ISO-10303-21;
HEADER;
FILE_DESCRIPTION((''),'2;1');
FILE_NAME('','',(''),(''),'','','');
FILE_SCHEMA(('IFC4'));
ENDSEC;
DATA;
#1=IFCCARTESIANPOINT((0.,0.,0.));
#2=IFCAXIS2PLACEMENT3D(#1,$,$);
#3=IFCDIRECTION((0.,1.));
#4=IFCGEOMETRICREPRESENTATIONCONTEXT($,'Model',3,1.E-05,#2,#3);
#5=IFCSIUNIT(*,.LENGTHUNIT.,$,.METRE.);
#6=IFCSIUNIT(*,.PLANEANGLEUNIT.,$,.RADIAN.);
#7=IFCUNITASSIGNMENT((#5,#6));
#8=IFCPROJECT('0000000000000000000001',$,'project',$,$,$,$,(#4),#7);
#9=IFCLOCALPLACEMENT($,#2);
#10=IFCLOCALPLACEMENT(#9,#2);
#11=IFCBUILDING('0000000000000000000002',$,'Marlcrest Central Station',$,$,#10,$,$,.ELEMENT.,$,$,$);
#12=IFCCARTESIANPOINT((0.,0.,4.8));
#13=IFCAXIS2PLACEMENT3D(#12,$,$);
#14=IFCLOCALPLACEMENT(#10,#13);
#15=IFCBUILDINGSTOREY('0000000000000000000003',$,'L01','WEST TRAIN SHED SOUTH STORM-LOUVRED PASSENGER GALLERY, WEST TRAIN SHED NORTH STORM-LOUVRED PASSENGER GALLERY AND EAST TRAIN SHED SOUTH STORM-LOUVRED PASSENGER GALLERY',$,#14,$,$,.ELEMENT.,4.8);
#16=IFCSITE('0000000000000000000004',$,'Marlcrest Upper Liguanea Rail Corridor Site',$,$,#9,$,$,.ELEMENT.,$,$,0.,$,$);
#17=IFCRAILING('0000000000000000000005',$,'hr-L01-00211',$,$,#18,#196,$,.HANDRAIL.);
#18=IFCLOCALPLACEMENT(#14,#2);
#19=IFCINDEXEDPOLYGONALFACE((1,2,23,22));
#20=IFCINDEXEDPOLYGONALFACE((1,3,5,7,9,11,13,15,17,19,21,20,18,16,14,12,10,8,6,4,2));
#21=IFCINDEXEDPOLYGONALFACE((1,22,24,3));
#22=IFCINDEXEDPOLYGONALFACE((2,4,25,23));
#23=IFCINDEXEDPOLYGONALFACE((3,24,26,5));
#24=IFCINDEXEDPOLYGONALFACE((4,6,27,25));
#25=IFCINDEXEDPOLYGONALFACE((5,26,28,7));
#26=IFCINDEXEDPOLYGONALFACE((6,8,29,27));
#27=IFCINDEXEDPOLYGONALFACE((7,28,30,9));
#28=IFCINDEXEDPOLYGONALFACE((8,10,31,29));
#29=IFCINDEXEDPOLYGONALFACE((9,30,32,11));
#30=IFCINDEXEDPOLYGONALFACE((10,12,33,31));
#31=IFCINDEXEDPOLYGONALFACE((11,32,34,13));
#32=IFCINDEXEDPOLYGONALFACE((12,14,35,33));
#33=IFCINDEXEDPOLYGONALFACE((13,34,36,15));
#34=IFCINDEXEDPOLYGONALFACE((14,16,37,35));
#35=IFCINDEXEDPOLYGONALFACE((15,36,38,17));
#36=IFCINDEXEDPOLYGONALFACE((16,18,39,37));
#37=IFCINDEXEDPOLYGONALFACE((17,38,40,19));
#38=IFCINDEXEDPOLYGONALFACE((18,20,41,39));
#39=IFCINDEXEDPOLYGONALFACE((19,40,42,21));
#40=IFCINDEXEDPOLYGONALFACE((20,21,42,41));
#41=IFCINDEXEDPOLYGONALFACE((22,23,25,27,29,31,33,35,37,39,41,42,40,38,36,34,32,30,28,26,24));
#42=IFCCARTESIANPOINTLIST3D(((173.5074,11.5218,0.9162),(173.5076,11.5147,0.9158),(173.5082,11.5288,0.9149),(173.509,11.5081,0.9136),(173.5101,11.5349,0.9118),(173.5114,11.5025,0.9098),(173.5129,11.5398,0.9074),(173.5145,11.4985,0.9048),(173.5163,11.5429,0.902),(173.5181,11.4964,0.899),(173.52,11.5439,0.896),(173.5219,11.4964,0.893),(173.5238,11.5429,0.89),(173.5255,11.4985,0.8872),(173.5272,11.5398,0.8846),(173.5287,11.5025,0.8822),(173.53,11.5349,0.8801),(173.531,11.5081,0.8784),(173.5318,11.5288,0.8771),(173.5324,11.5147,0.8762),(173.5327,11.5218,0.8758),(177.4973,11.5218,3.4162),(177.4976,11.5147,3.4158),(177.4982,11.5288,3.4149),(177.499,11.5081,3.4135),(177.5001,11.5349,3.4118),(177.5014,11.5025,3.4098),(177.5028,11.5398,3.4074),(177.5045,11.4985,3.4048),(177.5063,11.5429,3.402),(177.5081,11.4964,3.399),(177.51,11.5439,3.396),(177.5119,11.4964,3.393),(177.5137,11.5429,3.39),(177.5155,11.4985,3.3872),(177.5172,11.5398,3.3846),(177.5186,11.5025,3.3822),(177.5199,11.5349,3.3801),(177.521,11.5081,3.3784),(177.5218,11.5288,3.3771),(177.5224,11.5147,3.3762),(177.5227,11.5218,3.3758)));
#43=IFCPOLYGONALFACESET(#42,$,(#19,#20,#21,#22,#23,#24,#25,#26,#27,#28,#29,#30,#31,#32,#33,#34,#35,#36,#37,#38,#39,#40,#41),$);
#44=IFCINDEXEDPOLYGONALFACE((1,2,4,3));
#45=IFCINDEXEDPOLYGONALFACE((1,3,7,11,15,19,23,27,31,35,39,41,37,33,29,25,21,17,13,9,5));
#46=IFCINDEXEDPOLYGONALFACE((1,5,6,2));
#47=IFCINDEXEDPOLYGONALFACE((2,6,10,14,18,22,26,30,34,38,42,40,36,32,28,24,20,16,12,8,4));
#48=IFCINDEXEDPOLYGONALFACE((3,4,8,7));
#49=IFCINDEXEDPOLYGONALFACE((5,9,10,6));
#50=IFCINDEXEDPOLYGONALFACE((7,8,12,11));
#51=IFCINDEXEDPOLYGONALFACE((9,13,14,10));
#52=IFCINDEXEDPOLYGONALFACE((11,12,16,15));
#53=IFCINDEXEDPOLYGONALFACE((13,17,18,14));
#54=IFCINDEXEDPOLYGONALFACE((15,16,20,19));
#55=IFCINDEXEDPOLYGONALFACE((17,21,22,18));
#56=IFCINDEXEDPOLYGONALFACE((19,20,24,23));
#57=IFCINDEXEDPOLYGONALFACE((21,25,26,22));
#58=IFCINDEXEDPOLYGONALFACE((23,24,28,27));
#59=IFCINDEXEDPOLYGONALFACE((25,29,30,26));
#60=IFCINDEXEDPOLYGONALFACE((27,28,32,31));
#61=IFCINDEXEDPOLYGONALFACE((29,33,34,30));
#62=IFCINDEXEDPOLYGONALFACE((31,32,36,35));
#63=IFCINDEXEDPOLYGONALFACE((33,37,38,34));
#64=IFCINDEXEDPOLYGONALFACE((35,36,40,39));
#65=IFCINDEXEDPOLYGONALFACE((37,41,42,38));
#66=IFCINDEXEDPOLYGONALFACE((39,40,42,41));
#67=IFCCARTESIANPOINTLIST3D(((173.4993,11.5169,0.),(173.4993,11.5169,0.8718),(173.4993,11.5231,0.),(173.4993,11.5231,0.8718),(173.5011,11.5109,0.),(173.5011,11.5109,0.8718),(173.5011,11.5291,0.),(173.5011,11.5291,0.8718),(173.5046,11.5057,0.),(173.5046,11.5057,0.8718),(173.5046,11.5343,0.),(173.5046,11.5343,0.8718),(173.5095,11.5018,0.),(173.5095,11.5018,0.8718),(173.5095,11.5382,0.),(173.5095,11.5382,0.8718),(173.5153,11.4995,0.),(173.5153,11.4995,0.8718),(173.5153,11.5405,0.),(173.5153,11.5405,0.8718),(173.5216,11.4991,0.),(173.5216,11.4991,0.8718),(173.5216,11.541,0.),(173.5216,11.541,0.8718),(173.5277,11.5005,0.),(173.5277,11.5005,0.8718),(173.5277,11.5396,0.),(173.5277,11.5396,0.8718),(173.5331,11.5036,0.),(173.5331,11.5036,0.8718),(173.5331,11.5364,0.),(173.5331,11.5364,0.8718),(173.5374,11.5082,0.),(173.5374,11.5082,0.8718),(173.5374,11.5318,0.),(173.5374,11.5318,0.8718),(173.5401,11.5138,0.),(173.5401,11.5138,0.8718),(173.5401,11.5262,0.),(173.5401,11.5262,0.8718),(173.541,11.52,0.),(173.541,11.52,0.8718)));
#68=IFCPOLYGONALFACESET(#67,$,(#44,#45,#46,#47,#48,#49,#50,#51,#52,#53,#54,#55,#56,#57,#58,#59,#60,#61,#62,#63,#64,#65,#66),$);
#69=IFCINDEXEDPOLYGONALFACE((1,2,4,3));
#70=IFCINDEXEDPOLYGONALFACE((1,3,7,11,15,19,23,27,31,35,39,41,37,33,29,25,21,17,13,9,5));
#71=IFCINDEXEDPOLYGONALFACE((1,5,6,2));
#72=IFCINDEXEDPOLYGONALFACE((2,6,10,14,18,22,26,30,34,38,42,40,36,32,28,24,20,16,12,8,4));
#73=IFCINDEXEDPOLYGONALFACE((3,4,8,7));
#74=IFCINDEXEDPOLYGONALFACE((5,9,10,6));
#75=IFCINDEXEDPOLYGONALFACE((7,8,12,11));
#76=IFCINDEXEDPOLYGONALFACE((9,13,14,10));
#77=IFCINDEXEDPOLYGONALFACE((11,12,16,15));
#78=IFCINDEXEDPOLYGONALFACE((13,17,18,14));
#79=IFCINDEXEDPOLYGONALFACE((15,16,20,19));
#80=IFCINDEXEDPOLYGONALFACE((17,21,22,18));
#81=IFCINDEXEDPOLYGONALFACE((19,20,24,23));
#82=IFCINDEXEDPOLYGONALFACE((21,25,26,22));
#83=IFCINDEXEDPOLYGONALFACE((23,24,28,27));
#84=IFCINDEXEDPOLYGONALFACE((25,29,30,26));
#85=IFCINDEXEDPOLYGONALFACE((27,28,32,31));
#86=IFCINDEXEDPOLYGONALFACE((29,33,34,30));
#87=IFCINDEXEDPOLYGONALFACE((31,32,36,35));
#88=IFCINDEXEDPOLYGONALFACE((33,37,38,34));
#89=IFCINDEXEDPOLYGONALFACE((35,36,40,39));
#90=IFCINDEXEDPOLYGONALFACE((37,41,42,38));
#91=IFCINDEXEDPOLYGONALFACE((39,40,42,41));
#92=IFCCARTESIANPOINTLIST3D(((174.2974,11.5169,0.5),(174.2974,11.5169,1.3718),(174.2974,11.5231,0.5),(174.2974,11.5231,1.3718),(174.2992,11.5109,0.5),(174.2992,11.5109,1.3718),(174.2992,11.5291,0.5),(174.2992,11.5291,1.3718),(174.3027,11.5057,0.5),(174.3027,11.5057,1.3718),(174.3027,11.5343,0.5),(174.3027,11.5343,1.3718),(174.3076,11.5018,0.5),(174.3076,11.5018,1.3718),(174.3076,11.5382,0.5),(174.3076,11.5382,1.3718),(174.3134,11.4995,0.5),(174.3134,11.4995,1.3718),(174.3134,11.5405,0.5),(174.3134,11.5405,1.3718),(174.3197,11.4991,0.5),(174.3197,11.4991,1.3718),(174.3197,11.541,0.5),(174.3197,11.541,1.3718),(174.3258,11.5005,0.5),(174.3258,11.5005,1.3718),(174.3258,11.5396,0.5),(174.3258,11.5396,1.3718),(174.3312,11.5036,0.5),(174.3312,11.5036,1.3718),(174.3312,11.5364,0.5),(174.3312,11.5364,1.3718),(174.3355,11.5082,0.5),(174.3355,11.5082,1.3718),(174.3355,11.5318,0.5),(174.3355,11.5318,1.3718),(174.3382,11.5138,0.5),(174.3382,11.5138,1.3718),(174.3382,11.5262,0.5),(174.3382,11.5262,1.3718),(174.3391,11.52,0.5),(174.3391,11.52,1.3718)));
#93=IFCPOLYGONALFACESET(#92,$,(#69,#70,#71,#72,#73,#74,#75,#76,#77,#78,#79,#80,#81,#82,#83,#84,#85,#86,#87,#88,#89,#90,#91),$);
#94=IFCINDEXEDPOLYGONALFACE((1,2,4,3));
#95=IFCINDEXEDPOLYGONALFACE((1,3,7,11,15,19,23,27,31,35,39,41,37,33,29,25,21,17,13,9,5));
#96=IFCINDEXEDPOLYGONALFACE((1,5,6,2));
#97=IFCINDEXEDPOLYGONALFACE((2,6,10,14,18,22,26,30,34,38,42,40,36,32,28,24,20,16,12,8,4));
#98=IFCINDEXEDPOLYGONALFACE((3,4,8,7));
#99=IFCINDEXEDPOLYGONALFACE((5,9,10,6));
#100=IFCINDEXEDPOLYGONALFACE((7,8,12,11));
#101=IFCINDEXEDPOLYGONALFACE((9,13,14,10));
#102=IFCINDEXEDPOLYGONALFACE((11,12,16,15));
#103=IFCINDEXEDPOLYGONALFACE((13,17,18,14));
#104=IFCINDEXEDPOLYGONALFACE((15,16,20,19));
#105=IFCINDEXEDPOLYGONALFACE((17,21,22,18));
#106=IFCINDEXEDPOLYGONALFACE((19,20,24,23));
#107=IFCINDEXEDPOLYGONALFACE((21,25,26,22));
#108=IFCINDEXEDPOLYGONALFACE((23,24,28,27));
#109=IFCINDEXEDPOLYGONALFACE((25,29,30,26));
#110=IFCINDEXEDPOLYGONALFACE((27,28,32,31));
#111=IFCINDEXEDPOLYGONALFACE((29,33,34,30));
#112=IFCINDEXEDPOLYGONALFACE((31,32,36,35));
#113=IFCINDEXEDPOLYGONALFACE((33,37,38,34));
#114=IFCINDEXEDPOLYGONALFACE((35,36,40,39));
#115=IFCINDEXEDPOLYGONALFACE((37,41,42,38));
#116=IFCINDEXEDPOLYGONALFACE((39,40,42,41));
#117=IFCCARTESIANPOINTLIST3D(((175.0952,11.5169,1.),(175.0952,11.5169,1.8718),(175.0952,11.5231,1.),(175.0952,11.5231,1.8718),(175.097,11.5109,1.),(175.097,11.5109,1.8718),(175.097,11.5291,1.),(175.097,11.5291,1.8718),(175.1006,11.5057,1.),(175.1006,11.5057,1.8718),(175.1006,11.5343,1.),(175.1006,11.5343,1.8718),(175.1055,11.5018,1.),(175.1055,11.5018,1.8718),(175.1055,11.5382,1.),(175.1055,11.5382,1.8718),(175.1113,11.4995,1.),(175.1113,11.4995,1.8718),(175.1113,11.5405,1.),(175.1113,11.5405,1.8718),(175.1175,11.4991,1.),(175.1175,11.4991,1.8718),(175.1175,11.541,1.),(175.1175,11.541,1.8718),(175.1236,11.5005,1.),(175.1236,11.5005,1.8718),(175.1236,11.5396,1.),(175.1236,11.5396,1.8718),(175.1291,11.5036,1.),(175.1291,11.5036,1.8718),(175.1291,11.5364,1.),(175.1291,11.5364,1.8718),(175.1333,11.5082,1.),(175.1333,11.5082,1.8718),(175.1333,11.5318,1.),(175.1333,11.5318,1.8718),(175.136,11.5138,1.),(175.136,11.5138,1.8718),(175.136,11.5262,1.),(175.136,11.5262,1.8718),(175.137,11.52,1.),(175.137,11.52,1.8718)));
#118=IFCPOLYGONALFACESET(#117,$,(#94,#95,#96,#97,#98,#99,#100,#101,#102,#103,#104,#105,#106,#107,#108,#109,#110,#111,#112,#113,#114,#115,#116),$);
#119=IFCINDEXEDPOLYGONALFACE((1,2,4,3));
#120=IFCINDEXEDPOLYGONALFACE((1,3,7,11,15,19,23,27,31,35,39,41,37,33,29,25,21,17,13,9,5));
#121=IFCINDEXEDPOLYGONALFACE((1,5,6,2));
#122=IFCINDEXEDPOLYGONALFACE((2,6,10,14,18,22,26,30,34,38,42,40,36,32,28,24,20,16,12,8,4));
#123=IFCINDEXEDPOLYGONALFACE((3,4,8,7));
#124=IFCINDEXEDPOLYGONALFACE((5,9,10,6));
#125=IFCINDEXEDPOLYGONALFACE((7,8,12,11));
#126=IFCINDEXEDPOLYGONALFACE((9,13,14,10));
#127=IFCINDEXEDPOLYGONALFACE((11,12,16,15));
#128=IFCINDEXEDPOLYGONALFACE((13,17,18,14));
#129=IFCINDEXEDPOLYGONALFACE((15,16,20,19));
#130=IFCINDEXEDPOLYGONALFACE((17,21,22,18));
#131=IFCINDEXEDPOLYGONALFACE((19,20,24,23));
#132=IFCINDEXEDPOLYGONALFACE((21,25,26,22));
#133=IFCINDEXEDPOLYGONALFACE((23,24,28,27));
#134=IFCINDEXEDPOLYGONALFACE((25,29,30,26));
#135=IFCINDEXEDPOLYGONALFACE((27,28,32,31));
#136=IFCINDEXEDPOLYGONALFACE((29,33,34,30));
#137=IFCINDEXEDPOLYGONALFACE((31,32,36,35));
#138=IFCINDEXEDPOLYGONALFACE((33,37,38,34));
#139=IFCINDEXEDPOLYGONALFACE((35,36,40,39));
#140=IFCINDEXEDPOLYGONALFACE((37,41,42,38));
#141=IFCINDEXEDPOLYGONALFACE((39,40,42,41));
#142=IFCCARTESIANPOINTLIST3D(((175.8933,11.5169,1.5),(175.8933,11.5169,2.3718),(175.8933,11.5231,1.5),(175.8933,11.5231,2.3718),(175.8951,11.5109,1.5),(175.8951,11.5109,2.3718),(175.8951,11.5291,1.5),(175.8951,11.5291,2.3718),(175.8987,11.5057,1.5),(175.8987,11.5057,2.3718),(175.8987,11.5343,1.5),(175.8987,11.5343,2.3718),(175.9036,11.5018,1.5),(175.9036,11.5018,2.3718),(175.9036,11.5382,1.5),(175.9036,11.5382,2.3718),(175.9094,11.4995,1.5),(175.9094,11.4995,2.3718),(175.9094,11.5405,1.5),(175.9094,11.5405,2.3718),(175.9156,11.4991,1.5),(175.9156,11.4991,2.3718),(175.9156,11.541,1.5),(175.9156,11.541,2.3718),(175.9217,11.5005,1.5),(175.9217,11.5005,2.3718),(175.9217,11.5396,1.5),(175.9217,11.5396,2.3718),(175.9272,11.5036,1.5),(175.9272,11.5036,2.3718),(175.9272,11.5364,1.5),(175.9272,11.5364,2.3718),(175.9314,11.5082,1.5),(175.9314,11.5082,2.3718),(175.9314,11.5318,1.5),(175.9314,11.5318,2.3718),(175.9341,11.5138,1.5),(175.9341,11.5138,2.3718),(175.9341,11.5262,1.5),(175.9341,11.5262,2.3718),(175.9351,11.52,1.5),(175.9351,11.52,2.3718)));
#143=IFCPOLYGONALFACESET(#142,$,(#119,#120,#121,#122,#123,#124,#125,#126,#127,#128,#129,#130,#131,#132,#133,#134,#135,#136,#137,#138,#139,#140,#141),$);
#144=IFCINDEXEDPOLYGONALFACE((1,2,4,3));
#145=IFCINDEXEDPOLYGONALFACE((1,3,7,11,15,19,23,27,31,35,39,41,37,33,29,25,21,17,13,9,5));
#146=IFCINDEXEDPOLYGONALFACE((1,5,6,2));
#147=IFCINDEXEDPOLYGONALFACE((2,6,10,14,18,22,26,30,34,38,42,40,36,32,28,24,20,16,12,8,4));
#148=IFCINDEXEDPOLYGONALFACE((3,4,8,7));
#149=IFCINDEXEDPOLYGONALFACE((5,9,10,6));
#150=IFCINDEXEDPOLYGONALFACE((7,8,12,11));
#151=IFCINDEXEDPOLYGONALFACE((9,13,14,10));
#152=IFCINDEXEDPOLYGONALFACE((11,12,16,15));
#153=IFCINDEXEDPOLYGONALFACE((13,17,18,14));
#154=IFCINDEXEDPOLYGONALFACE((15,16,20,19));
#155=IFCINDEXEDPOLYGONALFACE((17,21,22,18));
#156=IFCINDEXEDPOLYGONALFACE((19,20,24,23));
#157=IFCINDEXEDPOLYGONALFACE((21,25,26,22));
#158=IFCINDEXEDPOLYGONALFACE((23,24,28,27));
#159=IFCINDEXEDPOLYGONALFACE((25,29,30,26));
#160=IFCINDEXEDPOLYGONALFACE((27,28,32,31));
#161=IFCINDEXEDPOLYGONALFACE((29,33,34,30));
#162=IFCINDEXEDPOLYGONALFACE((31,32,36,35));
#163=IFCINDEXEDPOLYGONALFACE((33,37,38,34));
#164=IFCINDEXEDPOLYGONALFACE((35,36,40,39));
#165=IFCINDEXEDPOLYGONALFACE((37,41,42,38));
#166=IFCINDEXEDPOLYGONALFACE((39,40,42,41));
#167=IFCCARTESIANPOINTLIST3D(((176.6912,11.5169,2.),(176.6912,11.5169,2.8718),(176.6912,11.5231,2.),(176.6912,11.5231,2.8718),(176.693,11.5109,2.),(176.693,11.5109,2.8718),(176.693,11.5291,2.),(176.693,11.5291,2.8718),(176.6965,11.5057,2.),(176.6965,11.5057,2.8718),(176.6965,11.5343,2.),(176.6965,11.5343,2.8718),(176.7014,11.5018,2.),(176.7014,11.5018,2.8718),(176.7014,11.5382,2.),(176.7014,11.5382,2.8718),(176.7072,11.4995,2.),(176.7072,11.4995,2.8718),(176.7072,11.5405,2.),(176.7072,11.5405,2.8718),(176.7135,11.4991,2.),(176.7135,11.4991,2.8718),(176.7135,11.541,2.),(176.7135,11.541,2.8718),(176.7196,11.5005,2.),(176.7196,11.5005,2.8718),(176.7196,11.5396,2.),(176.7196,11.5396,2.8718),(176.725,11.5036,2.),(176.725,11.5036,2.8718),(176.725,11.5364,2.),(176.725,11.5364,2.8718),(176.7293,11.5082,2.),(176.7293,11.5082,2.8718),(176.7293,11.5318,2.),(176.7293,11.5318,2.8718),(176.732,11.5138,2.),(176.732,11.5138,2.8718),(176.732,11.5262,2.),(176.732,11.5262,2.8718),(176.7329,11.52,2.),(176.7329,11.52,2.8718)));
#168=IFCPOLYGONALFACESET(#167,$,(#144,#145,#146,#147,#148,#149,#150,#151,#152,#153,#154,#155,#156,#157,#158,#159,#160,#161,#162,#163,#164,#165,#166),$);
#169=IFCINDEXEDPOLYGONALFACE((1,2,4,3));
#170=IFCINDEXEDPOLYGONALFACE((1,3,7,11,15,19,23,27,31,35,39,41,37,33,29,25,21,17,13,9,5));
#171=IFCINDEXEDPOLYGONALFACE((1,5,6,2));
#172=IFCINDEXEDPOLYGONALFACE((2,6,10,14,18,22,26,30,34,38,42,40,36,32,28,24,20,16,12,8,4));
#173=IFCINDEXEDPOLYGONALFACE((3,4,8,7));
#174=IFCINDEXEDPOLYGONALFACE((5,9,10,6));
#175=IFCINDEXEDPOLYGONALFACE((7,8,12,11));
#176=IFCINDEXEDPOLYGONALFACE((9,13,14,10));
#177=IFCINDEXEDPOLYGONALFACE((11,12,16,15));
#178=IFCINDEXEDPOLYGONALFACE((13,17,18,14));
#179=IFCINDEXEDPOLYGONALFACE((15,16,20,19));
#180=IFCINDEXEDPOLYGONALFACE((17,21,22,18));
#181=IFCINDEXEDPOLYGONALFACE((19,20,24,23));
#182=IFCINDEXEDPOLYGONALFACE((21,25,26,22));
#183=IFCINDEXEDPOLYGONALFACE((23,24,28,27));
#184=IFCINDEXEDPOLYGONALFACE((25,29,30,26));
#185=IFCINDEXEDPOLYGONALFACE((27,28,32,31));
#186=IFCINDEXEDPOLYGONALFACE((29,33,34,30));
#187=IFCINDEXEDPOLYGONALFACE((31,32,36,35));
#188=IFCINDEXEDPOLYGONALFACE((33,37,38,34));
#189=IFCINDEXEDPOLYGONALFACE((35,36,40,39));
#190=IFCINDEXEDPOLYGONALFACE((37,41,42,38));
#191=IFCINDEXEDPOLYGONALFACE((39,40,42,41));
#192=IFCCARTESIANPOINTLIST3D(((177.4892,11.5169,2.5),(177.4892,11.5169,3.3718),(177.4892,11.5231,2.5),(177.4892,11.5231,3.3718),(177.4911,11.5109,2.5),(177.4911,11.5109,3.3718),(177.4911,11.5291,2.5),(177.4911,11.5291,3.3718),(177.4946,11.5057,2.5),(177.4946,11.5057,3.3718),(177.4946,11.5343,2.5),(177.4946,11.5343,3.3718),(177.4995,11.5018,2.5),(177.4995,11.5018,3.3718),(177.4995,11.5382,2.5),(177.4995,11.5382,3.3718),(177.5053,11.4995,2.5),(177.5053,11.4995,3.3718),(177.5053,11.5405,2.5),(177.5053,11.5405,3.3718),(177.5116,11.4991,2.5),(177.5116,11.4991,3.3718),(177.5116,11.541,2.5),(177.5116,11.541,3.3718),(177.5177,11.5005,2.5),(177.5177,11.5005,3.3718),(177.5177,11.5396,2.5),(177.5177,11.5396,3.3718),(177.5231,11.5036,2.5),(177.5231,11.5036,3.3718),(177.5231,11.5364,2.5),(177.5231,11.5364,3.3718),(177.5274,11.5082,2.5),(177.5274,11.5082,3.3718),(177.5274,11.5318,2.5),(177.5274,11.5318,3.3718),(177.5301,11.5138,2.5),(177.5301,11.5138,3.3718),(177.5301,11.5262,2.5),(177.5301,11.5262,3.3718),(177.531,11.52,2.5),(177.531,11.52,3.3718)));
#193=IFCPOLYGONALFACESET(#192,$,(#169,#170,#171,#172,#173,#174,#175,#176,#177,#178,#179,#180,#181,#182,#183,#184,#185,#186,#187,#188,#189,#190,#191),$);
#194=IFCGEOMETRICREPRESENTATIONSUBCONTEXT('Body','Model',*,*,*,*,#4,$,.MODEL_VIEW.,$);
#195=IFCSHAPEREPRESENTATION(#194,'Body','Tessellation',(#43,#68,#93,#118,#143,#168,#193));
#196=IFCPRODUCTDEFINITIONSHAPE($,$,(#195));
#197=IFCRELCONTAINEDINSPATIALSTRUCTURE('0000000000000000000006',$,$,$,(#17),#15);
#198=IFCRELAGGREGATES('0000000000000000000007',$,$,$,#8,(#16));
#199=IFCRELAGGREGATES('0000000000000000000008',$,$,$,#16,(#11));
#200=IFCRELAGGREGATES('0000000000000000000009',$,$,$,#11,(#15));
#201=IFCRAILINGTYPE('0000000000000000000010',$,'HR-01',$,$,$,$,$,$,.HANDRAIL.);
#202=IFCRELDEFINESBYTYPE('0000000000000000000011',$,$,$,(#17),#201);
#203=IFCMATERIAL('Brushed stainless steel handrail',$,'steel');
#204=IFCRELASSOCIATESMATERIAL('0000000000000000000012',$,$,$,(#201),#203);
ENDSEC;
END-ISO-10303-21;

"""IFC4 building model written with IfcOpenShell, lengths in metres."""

from ifc_helpers import new_model, si_unit, direction, frame, origin, origin_2d, place, context, subcontext, project, spatial, circle, extrude, material, type_object, element, save


model = new_model("IFC4")

# Units and contexts
model_context = context("Model", 3, precision=1e-05, world=origin(), true_north=direction((0.0, 1.0)))
body_context = subcontext(model_context, "Body", "Model", "MODEL_VIEW")
ifc_project = project(units=[si_unit("LENGTHUNIT", "METRE"), si_unit("PLANEANGLEUNIT", "RADIAN")], contexts=[model_context])

# Site, building, storey
site_placement = place(None, origin())
site = spatial("IfcSite", under=ifc_project, at=site_placement, Name="Marlcrest Upper Liguanea Rail Corridor Site", CompositionType="ELEMENT", RefElevation=0.0)
building_placement = place(site_placement, origin())
building = spatial("IfcBuilding", under=site, at=building_placement, Name="Marlcrest Central Station", CompositionType="ELEMENT")
storey_placement = place(building_placement, frame((0.0, 0.0, 4.8)))
storey = spatial("IfcBuildingStorey", under=building, at=storey_placement, Name="L01", Description="WEST TRAIN SHED SOUTH STORM-LOUVRED PASSENGER GALLERY, WEST TRAIN SHED NORTH STORM-LOUVRED PASSENGER GALLERY AND EAST TRAIN SHED SOUTH STORM-LOUVRED PASSENGER GALLERY", CompositionType="ELEMENT", Elevation=4.8)

# Railing
ifc_material_1 = material(Name="Brushed stainless steel handrail", Category="steel")
railing_type_1 = type_object("IfcRailingType", Name="HR-01", PredefinedType="HANDRAIL", material=ifc_material_1)
railing_1_placement = place(storey_placement, frame((173.52, 11.52, 0.0)))
element("IfcRailing", 1, at=railing_1_placement, inside=storey, type_object=railing_type_1, Name="hr-L01-00211", PredefinedType="HANDRAIL", context=body_context, shape_type="SweptSolid", body=[
    extrude(circle(Radius=0.0239, at=origin_2d()), frame((0.0, 0.0, 0.896), z_axis=(0.847401, 0.0, 0.530954), x_axis=(0.0, 1.0, 0.0)), (0.0, 0.0, 1.0), 4.7085),
    extrude(circle(Radius=0.021, at=origin_2d()), origin(), (0.0, 0.0, 1.0), 0.8718),
    extrude(circle(Radius=0.021, at=origin_2d()), frame((0.7981, 0.0, 0.5)), (0.0, 0.0, 1.0), 0.8718),
    extrude(circle(Radius=0.021, at=origin_2d()), frame((1.5959, 0.0, 1.0)), (0.0, 0.0, 1.0), 0.8718),
    extrude(circle(Radius=0.021, at=origin_2d()), frame((2.394, 0.0, 1.5)), (0.0, 0.0, 1.0), 0.8718),
    extrude(circle(Radius=0.021, at=origin_2d()), frame((3.1919, 0.0, 2.0)), (0.0, 0.0, 1.0), 0.8718),
    extrude(circle(Radius=0.021, at=origin_2d()), frame((3.99, 0.0, 2.5)), (0.0, 0.0, 1.0), 0.8718),
])

save(model, "model.ifc")
